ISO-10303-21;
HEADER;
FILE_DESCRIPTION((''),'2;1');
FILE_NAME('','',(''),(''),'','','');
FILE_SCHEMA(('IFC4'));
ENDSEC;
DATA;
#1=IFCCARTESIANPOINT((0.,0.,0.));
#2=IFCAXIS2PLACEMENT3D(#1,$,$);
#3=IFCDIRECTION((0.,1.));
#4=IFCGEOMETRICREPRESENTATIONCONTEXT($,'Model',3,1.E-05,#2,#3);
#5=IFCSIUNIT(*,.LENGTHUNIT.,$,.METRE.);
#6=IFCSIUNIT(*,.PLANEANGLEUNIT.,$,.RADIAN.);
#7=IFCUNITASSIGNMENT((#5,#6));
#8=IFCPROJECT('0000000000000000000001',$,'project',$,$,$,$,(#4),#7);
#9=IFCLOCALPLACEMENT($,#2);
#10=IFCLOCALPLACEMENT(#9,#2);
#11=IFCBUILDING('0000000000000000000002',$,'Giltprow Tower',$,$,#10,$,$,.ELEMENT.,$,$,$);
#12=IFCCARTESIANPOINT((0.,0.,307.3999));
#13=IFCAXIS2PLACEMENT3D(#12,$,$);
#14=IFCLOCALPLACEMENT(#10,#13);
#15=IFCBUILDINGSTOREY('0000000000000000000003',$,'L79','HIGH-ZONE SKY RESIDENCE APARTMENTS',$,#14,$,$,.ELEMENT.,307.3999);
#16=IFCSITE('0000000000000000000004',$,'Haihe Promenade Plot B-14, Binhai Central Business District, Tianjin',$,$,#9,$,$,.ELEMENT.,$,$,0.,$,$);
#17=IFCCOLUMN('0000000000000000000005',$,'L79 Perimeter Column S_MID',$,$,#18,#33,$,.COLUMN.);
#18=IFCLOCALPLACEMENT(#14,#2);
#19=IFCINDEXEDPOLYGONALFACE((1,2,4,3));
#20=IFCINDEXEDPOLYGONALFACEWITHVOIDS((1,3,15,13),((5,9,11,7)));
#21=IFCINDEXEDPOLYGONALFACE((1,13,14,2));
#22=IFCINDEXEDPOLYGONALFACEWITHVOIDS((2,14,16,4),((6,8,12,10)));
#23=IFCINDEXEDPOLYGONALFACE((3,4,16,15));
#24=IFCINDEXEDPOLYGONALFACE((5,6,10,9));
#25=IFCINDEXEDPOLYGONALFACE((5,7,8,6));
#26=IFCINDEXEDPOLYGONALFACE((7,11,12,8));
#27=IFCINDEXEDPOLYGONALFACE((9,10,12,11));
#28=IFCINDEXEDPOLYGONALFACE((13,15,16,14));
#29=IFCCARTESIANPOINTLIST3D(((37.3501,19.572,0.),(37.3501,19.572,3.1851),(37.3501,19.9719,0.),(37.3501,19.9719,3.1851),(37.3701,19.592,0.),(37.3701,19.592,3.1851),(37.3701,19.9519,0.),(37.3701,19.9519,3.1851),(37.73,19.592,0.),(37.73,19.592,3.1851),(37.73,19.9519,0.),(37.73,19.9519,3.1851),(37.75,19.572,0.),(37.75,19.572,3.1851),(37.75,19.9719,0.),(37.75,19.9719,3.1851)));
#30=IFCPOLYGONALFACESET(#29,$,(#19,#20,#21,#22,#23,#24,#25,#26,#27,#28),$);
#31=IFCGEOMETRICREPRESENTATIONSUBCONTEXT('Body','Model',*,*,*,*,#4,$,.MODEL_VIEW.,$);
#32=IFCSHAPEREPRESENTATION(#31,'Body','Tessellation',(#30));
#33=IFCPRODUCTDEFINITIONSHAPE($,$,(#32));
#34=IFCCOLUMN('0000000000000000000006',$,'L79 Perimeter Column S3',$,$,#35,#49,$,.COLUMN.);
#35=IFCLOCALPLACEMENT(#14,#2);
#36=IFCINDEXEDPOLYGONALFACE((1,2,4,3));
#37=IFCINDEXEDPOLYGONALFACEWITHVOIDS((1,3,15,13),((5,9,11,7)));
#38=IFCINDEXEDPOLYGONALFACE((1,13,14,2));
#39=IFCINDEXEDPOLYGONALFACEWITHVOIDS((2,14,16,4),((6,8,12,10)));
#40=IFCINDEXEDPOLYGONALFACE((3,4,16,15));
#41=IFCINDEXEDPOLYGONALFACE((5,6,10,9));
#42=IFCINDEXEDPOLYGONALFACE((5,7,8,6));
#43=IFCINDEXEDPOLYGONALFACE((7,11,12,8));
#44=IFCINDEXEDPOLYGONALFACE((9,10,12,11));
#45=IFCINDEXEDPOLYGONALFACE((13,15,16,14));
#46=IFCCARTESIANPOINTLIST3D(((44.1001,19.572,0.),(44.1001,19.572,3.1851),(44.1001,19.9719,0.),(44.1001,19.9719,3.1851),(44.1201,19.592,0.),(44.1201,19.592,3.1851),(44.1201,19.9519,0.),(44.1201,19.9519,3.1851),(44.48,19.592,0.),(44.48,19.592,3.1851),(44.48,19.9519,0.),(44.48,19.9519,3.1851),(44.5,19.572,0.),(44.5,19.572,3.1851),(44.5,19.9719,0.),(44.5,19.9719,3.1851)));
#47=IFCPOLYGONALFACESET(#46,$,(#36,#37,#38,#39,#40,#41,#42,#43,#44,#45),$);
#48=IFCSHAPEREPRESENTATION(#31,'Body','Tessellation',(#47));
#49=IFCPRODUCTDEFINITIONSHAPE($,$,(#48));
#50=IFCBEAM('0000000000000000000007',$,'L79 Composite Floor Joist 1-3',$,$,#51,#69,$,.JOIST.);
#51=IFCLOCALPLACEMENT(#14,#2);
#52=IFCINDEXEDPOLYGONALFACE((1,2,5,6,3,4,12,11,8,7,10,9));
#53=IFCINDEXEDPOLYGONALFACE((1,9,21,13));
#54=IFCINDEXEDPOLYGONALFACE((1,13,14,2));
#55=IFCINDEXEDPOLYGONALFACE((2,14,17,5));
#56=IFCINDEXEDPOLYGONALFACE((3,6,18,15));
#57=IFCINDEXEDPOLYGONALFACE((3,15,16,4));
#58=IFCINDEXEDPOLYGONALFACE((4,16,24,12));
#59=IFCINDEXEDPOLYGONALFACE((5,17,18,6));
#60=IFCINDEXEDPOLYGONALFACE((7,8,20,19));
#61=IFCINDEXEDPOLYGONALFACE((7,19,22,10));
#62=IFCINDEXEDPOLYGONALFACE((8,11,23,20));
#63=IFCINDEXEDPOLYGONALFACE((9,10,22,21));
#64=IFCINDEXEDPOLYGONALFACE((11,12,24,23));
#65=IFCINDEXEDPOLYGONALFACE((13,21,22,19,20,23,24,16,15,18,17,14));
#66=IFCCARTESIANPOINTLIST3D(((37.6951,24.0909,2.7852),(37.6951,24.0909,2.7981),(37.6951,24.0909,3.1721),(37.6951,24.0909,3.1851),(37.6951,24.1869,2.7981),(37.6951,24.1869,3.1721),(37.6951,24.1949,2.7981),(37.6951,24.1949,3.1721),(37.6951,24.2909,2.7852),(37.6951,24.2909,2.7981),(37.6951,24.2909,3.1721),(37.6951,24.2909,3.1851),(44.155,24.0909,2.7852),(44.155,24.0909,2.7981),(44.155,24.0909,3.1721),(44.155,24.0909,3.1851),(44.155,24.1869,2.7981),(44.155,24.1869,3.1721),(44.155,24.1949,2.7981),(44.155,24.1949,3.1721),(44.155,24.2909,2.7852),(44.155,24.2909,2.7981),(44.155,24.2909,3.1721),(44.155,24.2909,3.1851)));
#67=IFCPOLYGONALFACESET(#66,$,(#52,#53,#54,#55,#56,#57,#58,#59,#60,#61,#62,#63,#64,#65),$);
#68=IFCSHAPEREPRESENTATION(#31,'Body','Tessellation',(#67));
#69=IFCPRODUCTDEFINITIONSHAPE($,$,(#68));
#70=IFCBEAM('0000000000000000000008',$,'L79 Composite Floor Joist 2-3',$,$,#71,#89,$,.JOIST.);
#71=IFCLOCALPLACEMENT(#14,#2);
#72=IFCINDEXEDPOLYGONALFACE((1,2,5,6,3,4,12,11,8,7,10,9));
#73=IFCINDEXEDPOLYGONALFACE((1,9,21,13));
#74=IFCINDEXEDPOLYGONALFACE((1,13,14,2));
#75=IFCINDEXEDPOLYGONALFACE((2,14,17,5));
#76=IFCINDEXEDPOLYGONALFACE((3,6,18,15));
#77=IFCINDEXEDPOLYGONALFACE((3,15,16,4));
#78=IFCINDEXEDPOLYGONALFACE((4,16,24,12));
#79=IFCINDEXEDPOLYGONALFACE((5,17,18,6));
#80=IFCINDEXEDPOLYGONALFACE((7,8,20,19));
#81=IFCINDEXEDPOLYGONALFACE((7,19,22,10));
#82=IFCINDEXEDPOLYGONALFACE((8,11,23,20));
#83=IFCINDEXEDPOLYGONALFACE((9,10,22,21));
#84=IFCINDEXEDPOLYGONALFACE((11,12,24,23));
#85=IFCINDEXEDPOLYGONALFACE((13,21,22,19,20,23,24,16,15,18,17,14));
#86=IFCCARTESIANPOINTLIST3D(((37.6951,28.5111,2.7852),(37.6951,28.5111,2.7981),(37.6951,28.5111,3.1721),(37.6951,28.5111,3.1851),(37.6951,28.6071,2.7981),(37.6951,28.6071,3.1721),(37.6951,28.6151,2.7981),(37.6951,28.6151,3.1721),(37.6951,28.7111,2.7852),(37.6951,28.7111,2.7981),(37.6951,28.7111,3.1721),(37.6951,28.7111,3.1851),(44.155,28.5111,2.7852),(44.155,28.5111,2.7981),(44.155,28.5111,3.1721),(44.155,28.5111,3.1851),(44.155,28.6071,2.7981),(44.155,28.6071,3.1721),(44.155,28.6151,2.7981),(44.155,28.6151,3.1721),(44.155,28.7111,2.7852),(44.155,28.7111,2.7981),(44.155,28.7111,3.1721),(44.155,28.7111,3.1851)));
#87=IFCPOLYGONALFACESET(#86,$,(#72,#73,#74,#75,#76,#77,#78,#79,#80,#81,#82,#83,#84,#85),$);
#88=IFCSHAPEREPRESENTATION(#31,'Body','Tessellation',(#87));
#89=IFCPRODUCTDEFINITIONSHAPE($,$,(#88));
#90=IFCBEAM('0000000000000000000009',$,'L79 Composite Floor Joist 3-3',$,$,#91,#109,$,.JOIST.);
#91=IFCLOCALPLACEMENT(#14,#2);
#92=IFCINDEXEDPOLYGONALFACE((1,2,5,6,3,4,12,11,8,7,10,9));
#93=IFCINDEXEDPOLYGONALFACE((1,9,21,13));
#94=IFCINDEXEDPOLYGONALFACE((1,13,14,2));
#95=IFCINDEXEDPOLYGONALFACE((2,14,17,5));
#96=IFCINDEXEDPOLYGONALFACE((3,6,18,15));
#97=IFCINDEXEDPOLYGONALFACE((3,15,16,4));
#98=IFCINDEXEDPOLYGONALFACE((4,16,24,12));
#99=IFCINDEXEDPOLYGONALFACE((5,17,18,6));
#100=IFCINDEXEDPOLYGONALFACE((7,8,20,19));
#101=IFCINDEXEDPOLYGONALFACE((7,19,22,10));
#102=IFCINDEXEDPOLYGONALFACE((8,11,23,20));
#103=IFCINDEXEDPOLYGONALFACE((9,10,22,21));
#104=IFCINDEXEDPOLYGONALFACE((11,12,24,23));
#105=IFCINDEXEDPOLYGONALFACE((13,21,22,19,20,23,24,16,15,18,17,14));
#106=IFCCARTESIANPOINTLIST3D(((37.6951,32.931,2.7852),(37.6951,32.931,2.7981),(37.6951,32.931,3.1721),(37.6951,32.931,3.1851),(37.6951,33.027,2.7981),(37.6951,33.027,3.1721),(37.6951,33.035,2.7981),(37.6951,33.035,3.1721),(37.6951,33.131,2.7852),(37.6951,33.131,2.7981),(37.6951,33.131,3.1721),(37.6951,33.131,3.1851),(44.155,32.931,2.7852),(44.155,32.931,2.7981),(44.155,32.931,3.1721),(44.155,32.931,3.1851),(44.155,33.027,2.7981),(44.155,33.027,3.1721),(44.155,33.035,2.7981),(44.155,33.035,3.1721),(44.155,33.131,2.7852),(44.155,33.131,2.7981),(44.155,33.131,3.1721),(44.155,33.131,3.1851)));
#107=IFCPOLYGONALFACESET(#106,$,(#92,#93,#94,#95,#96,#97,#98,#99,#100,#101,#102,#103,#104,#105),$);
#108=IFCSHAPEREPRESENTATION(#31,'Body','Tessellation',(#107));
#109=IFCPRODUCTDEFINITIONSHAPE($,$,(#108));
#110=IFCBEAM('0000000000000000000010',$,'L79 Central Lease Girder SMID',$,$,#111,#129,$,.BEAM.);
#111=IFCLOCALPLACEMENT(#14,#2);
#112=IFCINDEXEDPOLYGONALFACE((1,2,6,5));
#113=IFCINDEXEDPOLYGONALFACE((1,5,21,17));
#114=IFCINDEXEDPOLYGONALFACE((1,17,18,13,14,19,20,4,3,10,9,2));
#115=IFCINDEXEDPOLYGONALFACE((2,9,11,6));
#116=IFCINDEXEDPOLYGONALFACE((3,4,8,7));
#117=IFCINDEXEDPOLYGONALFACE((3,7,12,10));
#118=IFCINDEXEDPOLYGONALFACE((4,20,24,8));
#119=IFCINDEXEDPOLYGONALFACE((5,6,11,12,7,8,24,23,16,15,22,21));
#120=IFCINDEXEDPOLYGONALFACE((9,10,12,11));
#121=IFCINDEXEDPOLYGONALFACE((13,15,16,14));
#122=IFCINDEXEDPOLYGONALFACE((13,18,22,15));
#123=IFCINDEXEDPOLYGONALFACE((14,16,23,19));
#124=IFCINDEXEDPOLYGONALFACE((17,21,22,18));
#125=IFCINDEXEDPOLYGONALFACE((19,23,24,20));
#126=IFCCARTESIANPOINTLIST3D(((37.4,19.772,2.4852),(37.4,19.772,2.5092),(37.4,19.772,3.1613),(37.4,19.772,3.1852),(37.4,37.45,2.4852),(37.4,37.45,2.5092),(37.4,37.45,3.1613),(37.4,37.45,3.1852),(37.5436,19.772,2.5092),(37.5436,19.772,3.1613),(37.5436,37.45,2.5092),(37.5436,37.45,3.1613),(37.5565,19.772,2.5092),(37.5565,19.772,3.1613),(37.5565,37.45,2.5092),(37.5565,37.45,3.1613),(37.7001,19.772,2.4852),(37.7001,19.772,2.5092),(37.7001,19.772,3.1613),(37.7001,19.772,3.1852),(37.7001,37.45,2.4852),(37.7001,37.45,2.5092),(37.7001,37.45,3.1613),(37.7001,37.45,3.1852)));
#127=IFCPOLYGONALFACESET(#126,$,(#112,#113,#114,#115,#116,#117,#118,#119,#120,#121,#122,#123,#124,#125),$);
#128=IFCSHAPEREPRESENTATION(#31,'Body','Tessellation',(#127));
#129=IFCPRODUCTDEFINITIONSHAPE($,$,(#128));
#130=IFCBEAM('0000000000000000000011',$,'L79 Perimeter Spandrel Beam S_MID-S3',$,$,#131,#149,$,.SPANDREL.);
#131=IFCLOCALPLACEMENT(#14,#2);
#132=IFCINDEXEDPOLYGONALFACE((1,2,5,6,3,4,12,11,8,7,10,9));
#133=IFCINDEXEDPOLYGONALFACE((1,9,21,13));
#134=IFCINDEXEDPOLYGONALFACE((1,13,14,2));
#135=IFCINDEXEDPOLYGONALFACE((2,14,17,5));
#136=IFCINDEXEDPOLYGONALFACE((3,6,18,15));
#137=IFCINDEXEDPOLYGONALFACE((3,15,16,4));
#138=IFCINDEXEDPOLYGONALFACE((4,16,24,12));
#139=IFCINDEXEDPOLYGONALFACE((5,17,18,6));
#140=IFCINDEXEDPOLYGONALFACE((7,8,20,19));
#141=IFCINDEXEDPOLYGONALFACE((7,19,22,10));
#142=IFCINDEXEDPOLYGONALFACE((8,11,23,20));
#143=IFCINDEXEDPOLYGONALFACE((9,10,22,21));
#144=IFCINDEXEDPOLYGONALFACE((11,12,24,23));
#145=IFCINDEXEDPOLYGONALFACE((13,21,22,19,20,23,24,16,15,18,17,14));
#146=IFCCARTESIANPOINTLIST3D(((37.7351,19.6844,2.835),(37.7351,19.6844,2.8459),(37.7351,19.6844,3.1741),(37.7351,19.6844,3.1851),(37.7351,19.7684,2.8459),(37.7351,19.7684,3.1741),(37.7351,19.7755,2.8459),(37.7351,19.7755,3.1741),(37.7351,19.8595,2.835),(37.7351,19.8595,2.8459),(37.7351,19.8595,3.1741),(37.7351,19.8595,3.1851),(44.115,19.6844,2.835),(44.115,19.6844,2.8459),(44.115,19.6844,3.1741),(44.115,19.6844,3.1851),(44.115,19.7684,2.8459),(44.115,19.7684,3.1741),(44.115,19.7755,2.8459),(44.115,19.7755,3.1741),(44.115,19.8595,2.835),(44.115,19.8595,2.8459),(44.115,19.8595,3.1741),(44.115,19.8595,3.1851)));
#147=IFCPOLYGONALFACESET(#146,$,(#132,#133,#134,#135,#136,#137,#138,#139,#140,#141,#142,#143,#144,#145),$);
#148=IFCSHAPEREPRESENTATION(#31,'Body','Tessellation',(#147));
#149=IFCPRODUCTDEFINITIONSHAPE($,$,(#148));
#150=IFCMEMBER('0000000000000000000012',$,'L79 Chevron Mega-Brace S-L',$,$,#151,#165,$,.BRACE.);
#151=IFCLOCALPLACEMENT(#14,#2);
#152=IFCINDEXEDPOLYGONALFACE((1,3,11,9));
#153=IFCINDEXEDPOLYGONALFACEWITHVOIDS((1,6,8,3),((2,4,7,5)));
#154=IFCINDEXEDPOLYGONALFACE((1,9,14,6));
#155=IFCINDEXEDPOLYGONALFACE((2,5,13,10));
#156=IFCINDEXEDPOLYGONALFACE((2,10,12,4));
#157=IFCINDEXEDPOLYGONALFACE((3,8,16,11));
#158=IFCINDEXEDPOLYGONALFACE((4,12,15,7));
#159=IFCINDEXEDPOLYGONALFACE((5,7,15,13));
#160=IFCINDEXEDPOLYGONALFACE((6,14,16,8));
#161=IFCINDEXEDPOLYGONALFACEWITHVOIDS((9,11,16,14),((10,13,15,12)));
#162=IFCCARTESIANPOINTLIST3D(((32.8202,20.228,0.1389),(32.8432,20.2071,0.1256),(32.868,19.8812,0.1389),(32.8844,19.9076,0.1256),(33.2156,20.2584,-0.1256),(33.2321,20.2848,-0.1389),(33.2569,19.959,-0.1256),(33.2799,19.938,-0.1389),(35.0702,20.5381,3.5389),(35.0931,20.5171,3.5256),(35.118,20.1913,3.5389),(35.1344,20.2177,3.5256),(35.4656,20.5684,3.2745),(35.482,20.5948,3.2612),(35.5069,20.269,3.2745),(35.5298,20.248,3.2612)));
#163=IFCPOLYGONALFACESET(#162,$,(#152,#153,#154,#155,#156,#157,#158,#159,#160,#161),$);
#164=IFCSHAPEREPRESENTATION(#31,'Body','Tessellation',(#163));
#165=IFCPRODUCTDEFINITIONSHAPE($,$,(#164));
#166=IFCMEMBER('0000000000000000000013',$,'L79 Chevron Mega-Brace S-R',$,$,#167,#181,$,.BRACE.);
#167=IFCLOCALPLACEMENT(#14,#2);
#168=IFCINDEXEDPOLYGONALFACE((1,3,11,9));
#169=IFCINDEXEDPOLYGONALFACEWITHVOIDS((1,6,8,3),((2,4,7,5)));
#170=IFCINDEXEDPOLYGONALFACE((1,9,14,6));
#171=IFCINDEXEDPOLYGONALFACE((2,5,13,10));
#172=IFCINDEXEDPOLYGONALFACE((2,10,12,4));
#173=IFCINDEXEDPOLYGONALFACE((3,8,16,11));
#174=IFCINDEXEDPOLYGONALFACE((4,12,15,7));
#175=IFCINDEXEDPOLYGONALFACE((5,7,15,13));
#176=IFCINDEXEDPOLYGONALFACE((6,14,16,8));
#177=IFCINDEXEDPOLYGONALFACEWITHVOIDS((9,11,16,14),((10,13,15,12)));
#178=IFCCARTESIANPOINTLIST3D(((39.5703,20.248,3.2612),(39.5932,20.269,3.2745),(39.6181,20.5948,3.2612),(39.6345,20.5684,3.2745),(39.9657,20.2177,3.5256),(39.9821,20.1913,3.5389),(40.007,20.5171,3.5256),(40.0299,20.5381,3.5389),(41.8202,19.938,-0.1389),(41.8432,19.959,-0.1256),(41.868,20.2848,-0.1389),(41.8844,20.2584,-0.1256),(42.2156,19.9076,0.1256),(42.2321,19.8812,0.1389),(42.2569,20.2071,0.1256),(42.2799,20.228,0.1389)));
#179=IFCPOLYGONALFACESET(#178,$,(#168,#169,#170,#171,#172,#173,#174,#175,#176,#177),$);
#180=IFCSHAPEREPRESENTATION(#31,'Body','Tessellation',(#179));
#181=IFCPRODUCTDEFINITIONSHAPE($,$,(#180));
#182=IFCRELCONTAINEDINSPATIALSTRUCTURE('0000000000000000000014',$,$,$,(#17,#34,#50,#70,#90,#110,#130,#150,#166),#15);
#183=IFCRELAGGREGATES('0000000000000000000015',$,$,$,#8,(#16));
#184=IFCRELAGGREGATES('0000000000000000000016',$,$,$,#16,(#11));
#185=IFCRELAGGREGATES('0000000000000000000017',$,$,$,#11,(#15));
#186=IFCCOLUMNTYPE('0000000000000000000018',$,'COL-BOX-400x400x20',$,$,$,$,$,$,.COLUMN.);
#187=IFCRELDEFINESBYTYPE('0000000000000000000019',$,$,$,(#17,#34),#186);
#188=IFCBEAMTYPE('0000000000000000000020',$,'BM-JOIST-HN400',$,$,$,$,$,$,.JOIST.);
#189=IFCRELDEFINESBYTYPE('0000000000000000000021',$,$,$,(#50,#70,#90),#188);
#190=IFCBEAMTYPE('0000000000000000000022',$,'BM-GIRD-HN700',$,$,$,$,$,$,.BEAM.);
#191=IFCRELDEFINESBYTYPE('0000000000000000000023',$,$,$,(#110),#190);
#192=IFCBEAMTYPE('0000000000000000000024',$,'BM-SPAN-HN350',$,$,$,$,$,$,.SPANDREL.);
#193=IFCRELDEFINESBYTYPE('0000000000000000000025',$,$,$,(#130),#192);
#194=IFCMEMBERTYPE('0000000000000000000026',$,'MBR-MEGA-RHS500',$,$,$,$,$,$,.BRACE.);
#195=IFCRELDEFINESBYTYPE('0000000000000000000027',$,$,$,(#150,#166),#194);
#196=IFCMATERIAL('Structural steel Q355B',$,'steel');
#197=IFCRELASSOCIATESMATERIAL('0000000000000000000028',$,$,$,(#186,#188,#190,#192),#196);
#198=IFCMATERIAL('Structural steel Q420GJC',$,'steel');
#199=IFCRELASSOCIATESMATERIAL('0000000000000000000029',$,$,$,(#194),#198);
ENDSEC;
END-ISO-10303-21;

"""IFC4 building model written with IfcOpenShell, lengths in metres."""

from ifc_helpers import new_model, si_unit, direction, frame, origin, origin_2d, place, context, subcontext, project, spatial, hollow_rectangle, i_section, extrude, source, transform, mapped, material, material_profile, profile_set, type_object, element, save


model = new_model("IFC4")

# Units and contexts
model_context = context("Model", 3, precision=1e-05, world=origin(), true_north=direction((0.0, 1.0)))
body_context = subcontext(model_context, "Body", "Model", "MODEL_VIEW")
ifc_project = project(units=[si_unit("LENGTHUNIT", "METRE"), si_unit("PLANEANGLEUNIT", "RADIAN")], contexts=[model_context])

# Site, building, storey
site_placement = place(None, origin())
site = spatial("IfcSite", under=ifc_project, at=site_placement, Name="Haihe Promenade Plot B-14, Binhai Central Business District, Tianjin", CompositionType="ELEMENT", RefElevation=0.0)
building_placement = place(site_placement, origin())
building = spatial("IfcBuilding", under=site, at=building_placement, Name="Giltprow Tower", CompositionType="ELEMENT")
storey_placement = place(building_placement, frame((0.0, 0.0, 307.3999)))
storey = spatial("IfcBuildingStorey", under=building, at=storey_placement, Name="L79", Description="HIGH-ZONE SKY RESIDENCE APARTMENTS", CompositionType="ELEMENT", Elevation=307.3999)

# Columns
ifc_material_1 = material(Name="Structural steel Q355B", Category="steel")
ifc_material_profile_1 = material_profile(ifc_material_1, hollow_rectangle(XDim=0.3999, YDim=0.3999, WallThickness=0.02, at=origin_2d()), Name="BOX 400x400x20")
ifc_profile_set_1 = profile_set([ifc_material_profile_1], Name="Structural steel Q355B")
column_type = type_object("IfcColumnType", Name="COL-BOX-400x400x20", PredefinedType="COLUMN", material=ifc_profile_set_1)
shared_shape_1 = source(origin(), body_context, "Body", "SweptSolid", [
    extrude(hollow_rectangle(XDim=0.3999, YDim=0.3999, WallThickness=0.02, at=origin_2d()), origin(), (0.0, 0.0, 1.0), 3.1851),
])
for number, where, z_axis, x_axis, name in (
    (1, (37.55, 19.772, 0.0), (0.0, 0.0, 1.0), (1.0, 0.0, 0.0), "L79 Perimeter Column S_MID"),
    (2, (44.3, 19.772, 0.0), (0.0, 0.0, 1.0), (1.0, 0.0, 0.0), "L79 Perimeter Column S3"),
):
    element("IfcColumn", number, at=place(storey_placement, frame(where, z_axis=z_axis, x_axis=x_axis)), inside=storey, type_object=column_type, Name=name, PredefinedType="COLUMN", context=body_context, shape_type="MappedRepresentation", body=[
        mapped(shared_shape_1, transform((0.0, 0.0, 0.0), x_axis=(1.0, 0.0, 0.0), y_axis=(0.0, 1.0, 0.0), z_axis=(0.0, 0.0, 1.0), scale=1.0)),
    ])

# Beams
ifc_material_profile_2 = material_profile(ifc_material_1, i_section(OverallWidth=0.2, OverallDepth=0.3999, WebThickness=0.0081, FlangeThickness=0.0129, at=origin_2d()), Name="HN 400x200x8x13")
ifc_profile_set_2 = profile_set([ifc_material_profile_2], Name="Structural steel Q355B")
beam_type_1 = type_object("IfcBeamType", Name="BM-JOIST-HN400", PredefinedType="JOIST", material=ifc_profile_set_2)
shared_shape_2 = source(origin(), body_context, "Body", "SweptSolid", [
    extrude(i_section(OverallWidth=0.2, OverallDepth=0.3999, WebThickness=0.0081, FlangeThickness=0.0129, at=origin_2d()), origin(), (0.0, 0.0, 1.0), 6.46),
])
for number, where, z_axis, x_axis, name in (
    (3, (37.6951, 24.1909, 2.9851), (1.0, 0.0, 0.0), (0.0, 1.0, 0.0), "L79 Composite Floor Joist 1-3"),
    (4, (37.6951, 28.6111, 2.9851), (1.0, 0.0, 0.0), (0.0, 1.0, 0.0), "L79 Composite Floor Joist 2-3"),
    (5, (37.6951, 33.031, 2.9851), (1.0, 0.0, 0.0), (0.0, 1.0, 0.0), "L79 Composite Floor Joist 3-3"),
):
    element("IfcBeam", number, at=place(storey_placement, frame(where, z_axis=z_axis, x_axis=x_axis)), inside=storey, type_object=beam_type_1, Name=name, PredefinedType="JOIST", context=body_context, shape_type="MappedRepresentation", body=[
        mapped(shared_shape_2, transform((0.0, 0.0, 0.0), x_axis=(1.0, 0.0, 0.0), y_axis=(0.0, 1.0, 0.0), z_axis=(0.0, 0.0, 1.0), scale=1.0)),
    ])
ifc_material_profile_3 = material_profile(ifc_material_1, i_section(OverallWidth=0.3, OverallDepth=0.7, WebThickness=0.0129, FlangeThickness=0.0239, at=origin_2d()), Name="HN 700x300x13x24")
ifc_profile_set_3 = profile_set([ifc_material_profile_3], Name="Structural steel Q355B")
beam_type_2 = type_object("IfcBeamType", Name="BM-GIRD-HN700", PredefinedType="BEAM", material=ifc_profile_set_3)
shared_shape_3 = source(origin(), body_context, "Body", "SweptSolid", [
    extrude(i_section(OverallWidth=0.3, OverallDepth=0.7, WebThickness=0.0129, FlangeThickness=0.0239, at=origin_2d()), origin(), (0.0, 0.0, 1.0), 17.678),
])
beam_1_placement = place(storey_placement, frame((37.55, 19.772, 2.8352), z_axis=(0.0, 1.0, 0.0), x_axis=(-1.0, 0.0, 0.0)))
element("IfcBeam", 6, at=beam_1_placement, inside=storey, type_object=beam_type_2, Name="L79 Central Lease Girder SMID", PredefinedType="BEAM", context=body_context, shape_type="MappedRepresentation", body=[
    mapped(shared_shape_3, transform((0.0, 0.0, 0.0), x_axis=(1.0, 0.0, 0.0), y_axis=(0.0, 1.0, 0.0), z_axis=(0.0, 0.0, 1.0), scale=1.0)),
])
ifc_material_profile_4 = material_profile(ifc_material_1, i_section(OverallWidth=0.175, OverallDepth=0.3501, WebThickness=0.0071, FlangeThickness=0.011, at=origin_2d()), Name="HN 350x175x7x11")
ifc_profile_set_4 = profile_set([ifc_material_profile_4], Name="Structural steel Q355B")
beam_type_3 = type_object("IfcBeamType", Name="BM-SPAN-HN350", PredefinedType="SPANDREL", material=ifc_profile_set_4)
shared_shape_4 = source(origin(), body_context, "Body", "SweptSolid", [
    extrude(i_section(OverallWidth=0.175, OverallDepth=0.3501, WebThickness=0.0071, FlangeThickness=0.011, at=origin_2d()), origin(), (0.0, 0.0, 1.0), 6.3799),
])
beam_2_placement = place(storey_placement, frame((37.7351, 19.772, 3.01), z_axis=(1.0, 0.0, 0.0), x_axis=(0.0, 1.0, 0.0)))
element("IfcBeam", 7, at=beam_2_placement, inside=storey, type_object=beam_type_3, Name="L79 Perimeter Spandrel Beam S_MID-S3", PredefinedType="SPANDREL", context=body_context, shape_type="MappedRepresentation", body=[
    mapped(shared_shape_4, transform((0.0, 0.0, 0.0), x_axis=(1.0, 0.0, 0.0), y_axis=(0.0, 1.0, 0.0), z_axis=(0.0, 0.0, 1.0), scale=1.0)),
])

# Members
ifc_material_2 = material(Name="Structural steel Q420GJC", Category="steel")
ifc_material_profile_5 = material_profile(ifc_material_2, hollow_rectangle(XDim=0.3501, YDim=0.5, WallThickness=0.0239, at=origin_2d()), Name="RHS 500x350x24")
ifc_profile_set_5 = profile_set([ifc_material_profile_5], Name="Structural steel Q420GJC")
member_type = type_object("IfcMemberType", Name="MBR-MEGA-RHS500", PredefinedType="BRACE", material=ifc_profile_set_5)
shared_shape_5 = source(origin(), body_context, "Body", "SweptSolid", [
    extrude(hollow_rectangle(XDim=0.3501, YDim=0.5, WallThickness=0.0239, at=origin_2d()), origin(), (0.0, 0.0, 1.0), 4.0889),
])
for number, where, z_axis, x_axis, name in (
    (8, (33.05, 20.083, 0.0), (0.550262, 0.075828, 0.831542), (-0.136514, 0.990638, 0.0), "L79 Chevron Mega-Brace S-L"),
    (9, (42.05, 20.083, 0.0), (-0.550262, 0.075828, 0.831542), (-0.136514, -0.990638, 0.0), "L79 Chevron Mega-Brace S-R"),
):
    element("IfcMember", number, at=place(storey_placement, frame(where, z_axis=z_axis, x_axis=x_axis)), inside=storey, type_object=member_type, Name=name, PredefinedType="BRACE", context=body_context, shape_type="MappedRepresentation", body=[
        mapped(shared_shape_5, transform((0.0, 0.0, 0.0), x_axis=(1.0, 0.0, 0.0), y_axis=(0.0, 1.0, 0.0), z_axis=(0.0, 0.0, 1.0), scale=1.0)),
    ])

save(model, "model.ifc")
